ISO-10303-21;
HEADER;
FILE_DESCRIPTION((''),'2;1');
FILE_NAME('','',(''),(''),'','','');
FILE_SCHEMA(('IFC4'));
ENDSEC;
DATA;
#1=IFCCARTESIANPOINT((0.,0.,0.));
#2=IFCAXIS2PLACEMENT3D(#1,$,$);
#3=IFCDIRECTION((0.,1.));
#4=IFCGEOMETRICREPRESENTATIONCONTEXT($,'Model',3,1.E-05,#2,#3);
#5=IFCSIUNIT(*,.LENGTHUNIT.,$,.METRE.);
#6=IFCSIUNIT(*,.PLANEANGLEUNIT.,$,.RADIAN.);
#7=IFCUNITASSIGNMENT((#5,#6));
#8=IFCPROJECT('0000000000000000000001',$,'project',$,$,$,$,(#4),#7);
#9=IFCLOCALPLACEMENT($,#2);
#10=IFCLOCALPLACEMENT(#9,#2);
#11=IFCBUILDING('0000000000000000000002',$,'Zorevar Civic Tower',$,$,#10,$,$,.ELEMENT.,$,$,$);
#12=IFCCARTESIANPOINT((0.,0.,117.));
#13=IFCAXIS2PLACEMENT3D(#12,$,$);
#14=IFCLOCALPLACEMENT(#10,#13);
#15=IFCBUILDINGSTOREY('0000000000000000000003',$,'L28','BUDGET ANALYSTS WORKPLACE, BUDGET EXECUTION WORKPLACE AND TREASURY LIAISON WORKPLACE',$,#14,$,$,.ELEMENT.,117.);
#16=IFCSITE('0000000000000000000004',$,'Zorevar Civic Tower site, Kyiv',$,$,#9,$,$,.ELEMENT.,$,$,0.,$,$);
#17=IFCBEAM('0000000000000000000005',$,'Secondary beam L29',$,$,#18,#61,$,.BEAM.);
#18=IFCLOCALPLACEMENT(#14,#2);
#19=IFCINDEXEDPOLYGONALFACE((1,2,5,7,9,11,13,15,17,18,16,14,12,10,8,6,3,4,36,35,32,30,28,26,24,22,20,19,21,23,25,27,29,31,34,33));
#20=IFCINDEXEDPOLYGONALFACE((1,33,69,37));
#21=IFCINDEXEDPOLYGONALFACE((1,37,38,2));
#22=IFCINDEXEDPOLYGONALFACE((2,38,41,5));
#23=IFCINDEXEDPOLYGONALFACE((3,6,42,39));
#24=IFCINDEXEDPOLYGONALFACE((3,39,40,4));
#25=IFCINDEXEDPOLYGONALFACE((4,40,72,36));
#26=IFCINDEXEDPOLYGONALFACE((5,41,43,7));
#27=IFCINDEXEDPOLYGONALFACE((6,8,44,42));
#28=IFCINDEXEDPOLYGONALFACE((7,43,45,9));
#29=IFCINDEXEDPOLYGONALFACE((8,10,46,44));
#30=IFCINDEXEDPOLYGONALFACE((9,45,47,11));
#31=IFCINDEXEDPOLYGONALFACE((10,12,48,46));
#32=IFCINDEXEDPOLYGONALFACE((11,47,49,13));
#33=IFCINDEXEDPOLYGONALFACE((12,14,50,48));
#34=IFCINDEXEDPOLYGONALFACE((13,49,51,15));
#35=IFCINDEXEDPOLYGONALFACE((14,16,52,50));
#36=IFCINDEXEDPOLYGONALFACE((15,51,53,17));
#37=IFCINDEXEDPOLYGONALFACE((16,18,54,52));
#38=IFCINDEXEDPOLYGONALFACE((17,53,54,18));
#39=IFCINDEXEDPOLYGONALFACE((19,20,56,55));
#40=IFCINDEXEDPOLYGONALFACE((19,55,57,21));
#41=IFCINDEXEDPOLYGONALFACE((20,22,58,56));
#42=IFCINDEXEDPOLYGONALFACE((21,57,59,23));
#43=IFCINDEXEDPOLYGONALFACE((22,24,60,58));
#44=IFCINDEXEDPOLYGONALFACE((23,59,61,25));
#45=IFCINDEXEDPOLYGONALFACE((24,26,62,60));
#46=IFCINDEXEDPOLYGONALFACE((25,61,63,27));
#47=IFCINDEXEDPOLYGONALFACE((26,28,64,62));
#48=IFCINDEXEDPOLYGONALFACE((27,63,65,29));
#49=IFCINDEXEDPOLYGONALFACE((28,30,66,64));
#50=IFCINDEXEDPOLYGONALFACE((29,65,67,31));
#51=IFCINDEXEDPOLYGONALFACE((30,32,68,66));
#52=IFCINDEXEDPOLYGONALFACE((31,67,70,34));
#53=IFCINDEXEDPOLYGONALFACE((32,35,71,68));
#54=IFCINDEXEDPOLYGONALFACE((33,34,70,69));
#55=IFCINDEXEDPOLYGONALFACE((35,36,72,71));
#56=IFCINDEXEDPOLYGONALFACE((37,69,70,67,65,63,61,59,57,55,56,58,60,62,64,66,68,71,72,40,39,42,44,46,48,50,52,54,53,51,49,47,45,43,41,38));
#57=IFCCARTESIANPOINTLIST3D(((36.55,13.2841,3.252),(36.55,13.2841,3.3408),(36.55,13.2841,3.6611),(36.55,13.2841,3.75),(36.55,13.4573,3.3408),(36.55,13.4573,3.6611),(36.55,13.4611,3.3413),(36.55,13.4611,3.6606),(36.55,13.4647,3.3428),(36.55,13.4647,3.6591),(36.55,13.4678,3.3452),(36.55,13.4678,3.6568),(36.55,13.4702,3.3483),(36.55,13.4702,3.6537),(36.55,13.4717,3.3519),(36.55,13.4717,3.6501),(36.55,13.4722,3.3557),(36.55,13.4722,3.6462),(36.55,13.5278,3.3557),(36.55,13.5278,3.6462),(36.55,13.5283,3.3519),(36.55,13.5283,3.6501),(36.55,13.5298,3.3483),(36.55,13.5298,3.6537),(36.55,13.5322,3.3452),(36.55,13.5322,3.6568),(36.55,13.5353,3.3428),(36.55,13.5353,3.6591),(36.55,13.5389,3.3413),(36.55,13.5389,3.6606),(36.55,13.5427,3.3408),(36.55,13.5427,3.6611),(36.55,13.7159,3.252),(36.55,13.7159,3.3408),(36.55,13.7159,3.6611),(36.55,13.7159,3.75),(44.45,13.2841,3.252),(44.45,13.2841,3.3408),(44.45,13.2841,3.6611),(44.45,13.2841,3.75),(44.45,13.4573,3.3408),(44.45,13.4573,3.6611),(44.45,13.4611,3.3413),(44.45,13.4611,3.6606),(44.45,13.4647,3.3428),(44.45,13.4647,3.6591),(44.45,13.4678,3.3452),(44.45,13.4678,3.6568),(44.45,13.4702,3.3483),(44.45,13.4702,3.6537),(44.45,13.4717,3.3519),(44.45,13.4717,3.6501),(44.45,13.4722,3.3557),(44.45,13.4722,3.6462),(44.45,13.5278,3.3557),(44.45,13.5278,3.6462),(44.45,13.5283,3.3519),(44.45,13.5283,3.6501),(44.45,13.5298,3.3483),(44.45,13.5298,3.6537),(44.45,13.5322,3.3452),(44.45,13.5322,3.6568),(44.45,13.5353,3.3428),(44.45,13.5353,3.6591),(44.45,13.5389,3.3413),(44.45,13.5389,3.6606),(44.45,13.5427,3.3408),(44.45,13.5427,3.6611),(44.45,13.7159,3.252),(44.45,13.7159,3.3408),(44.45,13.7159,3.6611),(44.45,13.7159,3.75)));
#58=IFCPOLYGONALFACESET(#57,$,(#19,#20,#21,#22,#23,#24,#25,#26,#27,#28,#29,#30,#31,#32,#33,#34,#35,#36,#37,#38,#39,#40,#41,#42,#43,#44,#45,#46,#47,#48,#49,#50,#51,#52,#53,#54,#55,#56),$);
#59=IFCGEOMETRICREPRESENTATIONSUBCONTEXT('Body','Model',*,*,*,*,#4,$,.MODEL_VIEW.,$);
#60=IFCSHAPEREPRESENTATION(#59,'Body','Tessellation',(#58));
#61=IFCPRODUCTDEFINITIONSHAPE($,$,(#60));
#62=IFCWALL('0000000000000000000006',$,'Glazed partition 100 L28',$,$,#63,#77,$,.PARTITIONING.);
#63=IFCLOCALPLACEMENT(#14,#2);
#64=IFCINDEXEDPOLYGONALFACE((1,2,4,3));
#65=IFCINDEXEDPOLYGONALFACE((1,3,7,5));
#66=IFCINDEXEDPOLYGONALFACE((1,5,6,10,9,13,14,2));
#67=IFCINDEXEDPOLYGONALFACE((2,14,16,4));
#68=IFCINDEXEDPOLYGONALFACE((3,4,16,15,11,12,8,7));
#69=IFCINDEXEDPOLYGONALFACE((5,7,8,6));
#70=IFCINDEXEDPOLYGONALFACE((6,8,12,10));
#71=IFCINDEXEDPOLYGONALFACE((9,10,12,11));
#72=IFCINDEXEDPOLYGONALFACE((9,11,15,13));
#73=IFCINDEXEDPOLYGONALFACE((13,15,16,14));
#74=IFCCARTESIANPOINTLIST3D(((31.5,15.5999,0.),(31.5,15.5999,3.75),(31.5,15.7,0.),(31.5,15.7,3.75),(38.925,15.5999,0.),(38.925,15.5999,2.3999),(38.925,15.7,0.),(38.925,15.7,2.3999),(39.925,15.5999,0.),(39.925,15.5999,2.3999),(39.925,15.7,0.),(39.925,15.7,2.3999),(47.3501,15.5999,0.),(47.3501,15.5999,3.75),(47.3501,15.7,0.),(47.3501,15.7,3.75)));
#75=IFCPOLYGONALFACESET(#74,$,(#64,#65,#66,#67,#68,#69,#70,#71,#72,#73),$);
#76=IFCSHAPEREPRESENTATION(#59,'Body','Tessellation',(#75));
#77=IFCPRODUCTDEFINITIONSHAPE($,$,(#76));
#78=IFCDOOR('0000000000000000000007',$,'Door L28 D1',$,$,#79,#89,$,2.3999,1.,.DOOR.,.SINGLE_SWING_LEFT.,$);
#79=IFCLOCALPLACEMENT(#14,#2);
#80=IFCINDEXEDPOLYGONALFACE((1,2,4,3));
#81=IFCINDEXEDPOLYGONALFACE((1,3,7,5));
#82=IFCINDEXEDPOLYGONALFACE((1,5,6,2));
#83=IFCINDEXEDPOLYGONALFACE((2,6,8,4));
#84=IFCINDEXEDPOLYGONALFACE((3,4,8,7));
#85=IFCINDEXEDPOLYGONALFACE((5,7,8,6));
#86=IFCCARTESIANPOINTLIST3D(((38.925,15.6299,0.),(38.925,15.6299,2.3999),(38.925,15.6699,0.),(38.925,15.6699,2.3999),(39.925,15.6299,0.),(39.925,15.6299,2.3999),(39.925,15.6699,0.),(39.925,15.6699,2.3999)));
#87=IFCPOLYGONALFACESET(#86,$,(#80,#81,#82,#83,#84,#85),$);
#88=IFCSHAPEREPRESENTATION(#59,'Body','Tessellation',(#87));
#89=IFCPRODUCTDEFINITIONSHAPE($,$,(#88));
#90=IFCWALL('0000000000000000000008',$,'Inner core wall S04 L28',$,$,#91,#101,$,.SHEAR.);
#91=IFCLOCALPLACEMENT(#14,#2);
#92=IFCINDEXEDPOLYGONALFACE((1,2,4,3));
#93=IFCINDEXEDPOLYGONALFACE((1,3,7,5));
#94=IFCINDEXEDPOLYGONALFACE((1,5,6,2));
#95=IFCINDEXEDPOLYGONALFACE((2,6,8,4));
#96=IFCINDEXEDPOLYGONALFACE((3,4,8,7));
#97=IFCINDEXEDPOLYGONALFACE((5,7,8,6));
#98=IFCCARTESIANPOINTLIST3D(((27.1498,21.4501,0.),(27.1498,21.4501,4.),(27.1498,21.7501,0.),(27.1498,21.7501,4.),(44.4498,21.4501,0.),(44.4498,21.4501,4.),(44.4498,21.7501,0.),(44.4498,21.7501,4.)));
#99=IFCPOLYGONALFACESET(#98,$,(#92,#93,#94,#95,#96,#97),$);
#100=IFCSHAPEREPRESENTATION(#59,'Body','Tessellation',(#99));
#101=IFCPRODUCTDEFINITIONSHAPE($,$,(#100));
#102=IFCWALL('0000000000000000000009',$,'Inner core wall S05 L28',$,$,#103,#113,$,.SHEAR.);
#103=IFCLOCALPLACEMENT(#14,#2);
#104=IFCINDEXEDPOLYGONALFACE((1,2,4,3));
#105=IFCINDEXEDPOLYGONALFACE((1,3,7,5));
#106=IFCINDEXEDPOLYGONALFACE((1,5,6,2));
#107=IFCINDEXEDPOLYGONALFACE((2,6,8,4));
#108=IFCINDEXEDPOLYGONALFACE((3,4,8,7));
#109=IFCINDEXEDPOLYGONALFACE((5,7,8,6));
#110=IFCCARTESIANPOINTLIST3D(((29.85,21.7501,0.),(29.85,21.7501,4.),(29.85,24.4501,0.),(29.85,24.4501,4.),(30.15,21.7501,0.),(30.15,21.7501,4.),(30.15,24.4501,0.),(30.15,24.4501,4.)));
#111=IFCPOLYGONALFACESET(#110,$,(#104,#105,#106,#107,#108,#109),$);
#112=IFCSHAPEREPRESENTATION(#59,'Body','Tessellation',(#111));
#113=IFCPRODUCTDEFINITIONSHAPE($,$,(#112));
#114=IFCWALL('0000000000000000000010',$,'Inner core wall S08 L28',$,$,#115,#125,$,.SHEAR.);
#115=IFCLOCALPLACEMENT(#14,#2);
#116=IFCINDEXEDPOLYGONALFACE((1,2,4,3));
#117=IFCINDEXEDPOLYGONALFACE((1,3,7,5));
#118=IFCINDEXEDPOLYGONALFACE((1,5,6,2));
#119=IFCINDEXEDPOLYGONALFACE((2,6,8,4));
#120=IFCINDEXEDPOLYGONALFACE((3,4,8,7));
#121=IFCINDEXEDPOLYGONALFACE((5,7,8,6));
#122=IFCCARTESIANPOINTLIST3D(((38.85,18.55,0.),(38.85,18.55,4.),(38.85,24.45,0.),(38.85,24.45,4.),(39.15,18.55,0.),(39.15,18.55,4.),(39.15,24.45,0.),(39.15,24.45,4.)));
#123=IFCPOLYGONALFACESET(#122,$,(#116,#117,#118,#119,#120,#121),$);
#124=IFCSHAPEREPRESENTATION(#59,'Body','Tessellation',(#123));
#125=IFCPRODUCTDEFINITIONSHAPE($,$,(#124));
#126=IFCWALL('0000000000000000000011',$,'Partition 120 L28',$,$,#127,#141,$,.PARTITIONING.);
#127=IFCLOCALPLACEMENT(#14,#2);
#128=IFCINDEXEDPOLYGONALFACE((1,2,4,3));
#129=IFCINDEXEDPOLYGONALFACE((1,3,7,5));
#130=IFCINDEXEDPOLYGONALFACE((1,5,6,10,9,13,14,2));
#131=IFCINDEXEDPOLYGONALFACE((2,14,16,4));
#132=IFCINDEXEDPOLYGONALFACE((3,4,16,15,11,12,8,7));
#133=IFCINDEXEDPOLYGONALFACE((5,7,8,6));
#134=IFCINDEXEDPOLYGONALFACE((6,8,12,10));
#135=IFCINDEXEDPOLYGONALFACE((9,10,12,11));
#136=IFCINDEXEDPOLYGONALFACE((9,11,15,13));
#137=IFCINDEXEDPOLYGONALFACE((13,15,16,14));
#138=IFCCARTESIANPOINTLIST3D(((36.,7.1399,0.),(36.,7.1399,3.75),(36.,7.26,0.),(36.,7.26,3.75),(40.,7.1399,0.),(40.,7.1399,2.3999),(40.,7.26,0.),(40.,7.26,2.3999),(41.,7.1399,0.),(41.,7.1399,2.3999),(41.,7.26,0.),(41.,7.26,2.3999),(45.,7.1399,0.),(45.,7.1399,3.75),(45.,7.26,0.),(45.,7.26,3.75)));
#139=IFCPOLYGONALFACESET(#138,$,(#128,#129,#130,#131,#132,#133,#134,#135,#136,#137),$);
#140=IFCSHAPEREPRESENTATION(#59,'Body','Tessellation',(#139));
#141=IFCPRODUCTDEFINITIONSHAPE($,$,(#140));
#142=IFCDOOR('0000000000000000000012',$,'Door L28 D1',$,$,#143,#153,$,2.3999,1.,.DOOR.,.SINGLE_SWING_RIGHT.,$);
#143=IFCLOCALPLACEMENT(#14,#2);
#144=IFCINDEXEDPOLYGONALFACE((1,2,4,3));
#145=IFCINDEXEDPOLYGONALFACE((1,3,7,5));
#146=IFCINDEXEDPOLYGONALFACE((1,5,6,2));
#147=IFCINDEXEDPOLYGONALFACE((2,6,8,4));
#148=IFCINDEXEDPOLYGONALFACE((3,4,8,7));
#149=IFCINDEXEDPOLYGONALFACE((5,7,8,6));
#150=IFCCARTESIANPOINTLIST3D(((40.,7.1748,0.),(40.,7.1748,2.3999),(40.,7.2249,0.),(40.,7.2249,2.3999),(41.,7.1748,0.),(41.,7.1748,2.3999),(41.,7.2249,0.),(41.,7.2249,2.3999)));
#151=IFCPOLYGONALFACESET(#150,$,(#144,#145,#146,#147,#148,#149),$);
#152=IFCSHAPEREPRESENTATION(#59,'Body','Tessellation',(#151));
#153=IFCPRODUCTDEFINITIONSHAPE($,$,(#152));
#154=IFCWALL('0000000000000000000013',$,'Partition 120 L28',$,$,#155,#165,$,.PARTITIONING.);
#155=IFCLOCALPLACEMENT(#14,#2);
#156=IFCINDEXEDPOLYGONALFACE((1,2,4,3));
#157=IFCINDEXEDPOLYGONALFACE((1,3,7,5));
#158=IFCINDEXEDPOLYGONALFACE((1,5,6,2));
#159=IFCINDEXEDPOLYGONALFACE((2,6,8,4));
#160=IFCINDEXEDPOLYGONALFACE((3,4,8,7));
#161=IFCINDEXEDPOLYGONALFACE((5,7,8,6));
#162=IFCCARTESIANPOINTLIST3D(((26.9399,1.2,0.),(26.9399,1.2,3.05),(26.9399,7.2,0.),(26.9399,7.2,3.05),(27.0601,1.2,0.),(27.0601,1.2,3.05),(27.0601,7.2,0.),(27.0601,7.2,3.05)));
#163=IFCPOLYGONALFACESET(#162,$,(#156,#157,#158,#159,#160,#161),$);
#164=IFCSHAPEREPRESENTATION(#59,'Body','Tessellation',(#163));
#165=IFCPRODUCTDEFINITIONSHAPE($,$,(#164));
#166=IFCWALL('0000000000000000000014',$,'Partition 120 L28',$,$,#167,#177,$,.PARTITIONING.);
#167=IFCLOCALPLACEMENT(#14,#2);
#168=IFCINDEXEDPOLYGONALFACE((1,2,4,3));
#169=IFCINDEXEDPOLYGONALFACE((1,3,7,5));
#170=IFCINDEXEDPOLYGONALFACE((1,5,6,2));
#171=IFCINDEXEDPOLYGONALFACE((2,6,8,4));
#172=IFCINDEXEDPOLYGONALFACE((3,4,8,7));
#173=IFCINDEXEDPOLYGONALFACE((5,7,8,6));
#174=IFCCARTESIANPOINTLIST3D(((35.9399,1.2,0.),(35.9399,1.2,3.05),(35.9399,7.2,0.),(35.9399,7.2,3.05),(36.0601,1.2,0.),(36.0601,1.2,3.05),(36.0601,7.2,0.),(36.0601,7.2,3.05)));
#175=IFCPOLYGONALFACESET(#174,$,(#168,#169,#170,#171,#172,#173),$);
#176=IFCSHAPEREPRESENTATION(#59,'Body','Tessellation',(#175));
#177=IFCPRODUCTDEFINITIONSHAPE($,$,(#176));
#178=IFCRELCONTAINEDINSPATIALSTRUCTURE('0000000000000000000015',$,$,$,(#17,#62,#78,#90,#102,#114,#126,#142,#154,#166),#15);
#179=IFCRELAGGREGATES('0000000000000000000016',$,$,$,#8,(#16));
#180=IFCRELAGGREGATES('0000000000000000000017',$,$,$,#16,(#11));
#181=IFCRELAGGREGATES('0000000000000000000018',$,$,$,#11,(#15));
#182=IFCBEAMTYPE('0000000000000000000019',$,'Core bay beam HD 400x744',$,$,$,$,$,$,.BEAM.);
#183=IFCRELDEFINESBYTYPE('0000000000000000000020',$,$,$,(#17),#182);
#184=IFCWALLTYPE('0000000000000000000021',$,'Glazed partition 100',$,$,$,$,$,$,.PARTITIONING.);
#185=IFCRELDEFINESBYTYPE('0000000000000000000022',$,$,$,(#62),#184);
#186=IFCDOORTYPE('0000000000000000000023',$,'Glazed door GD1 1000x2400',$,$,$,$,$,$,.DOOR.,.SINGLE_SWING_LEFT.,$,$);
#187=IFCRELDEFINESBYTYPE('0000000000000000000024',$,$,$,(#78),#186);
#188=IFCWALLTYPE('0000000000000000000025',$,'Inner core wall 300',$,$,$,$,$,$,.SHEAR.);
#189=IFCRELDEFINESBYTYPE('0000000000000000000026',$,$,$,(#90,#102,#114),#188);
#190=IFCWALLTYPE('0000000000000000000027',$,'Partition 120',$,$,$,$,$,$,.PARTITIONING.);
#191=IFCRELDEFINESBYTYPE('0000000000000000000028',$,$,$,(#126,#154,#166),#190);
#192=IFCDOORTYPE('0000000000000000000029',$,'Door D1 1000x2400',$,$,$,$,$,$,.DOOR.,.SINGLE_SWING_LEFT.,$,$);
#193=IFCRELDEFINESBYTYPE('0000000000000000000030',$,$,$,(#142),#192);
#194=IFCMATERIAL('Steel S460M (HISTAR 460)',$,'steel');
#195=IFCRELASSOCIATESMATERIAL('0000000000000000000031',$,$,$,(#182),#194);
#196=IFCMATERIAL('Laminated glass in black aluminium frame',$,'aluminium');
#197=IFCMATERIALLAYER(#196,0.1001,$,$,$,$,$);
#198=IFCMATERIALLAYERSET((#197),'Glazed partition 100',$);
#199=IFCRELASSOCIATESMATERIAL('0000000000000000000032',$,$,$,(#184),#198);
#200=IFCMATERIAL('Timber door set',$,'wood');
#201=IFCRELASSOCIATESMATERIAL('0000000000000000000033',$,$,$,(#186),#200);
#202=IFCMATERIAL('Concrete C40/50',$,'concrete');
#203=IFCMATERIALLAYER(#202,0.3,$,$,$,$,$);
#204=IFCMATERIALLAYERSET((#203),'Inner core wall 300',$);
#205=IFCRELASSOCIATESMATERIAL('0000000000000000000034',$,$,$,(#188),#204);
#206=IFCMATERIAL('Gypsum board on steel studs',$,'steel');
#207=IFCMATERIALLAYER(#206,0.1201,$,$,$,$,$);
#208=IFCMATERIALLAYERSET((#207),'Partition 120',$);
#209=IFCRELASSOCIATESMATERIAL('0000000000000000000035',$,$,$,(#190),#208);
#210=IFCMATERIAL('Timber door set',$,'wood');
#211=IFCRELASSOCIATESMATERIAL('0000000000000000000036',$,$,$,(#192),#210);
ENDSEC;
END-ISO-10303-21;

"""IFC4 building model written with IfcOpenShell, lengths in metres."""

from ifc_helpers import new_model, si_unit, direction, frame, frame_2d, origin, origin_2d, place, context, subcontext, project, spatial, rectangle, i_section, extrude, material, layer, layer_set, material_profile, profile_set, type_object, element, fill, save


model = new_model("IFC4")

# Units and contexts
model_context = context("Model", 3, precision=1e-05, world=origin(), true_north=direction((0.0, 1.0)))
body_context = subcontext(model_context, "Body", "Model", "MODEL_VIEW")
ifc_project = project(units=[si_unit("LENGTHUNIT", "METRE"), si_unit("PLANEANGLEUNIT", "RADIAN")], contexts=[model_context])

# Site, building, storey
site_placement = place(None, origin())
site = spatial("IfcSite", under=ifc_project, at=site_placement, Name="Zorevar Civic Tower site, Kyiv", CompositionType="ELEMENT", RefElevation=0.0)
building_placement = place(site_placement, origin())
building = spatial("IfcBuilding", under=site, at=building_placement, Name="Zorevar Civic Tower", CompositionType="ELEMENT")
storey_placement = place(building_placement, frame((0.0, 0.0, 117.0)))
storey = spatial("IfcBuildingStorey", under=building, at=storey_placement, Name="L28", Description="BUDGET ANALYSTS WORKPLACE, BUDGET EXECUTION WORKPLACE AND TREASURY LIAISON WORKPLACE", CompositionType="ELEMENT", Elevation=117.0)

# Beam
ifc_material_1 = material(Name="Steel S460M (HISTAR 460)", Category="steel")
ifc_material_profile_1 = material_profile(ifc_material_1, i_section(OverallWidth=0.4319, OverallDepth=0.498, WebThickness=0.0557, FlangeThickness=0.0889, FilletRadius=0.0149, at=origin_2d()), Name="HD 400x744")
ifc_profile_set_1 = profile_set([ifc_material_profile_1], Name="Steel S460M (HISTAR 460)")
beam_type_1 = type_object("IfcBeamType", Name="Core bay beam HD 400x744", PredefinedType="BEAM", material=ifc_profile_set_1)
for number, where, z_axis, x_axis, name in (
    (1, (36.55, 13.5, 3.501), (1.0, 0.0, 0.0), (0.0, 1.0, 0.0), "Secondary beam L29"),
):
    element("IfcBeam", number, at=place(storey_placement, frame(where, z_axis=z_axis, x_axis=x_axis)), inside=storey, type_object=beam_type_1, Name=name, PredefinedType="BEAM", context=body_context, shape_type="SweptSolid", body=[
        extrude(i_section(OverallWidth=0.4319, OverallDepth=0.498, WebThickness=0.0557, FlangeThickness=0.0889, FilletRadius=0.0149, at=origin_2d()), origin(), (0.0, 0.0, 1.0), 7.8999),
    ])

# Wall, opening, door
ifc_material_2 = material(Name="Laminated glass in black aluminium frame", Category="aluminium")
ifc_layer_1 = layer(ifc_material_2, 0.1001)
ifc_layer_set_1 = layer_set([ifc_layer_1], Name="Glazed partition 100")
wall_type_1 = type_object("IfcWallType", Name="Glazed partition 100", PredefinedType="PARTITIONING", material=ifc_layer_set_1)
wall_1_placement = place(storey_placement, frame((31.5, 15.6499, 0.0), z_axis=(0.0, 0.0, 1.0), x_axis=(1.0, 0.0, 0.0)))
wall_1 = element("IfcWall", 2, at=wall_1_placement, inside=storey, type_object=wall_type_1, Name="Glazed partition 100 L28", PredefinedType="PARTITIONING", context=body_context, shape_type="SweptSolid", body=[
    extrude(rectangle(XDim=15.8501, YDim=0.1001, at=frame_2d((7.925, 0.0))), origin(), (0.0, 0.0, 1.0), 3.75),
])
opening_1_placement = place(wall_1_placement, frame((7.425, 0.0, 0.0)))
opening_1 = element("IfcOpeningElement", 3, at=opening_1_placement, cuts=wall_1, PredefinedType="OPENING", context=body_context, shape_type="SweptSolid", body=[
    extrude(rectangle(XDim=1.0, YDim=2.3999, at=frame_2d((0.5, 1.2))), frame((0.0, 0.0601, 0.0), z_axis=(0.0, -1.0, 0.0), x_axis=(1.0, 0.0, 0.0)), (0.0, 0.0, 1.0), 0.1201),
])
ifc_material_3 = material(Name="Timber door set", Category="wood")
door_type_1 = type_object("IfcDoorType", Name="Glazed door GD1 1000x2400", OperationType="SINGLE_SWING_LEFT", PredefinedType="DOOR", material=ifc_material_3)
door_1_placement = place(opening_1_placement, origin())
door_1 = element("IfcDoor", 4, at=door_1_placement, inside=storey, type_object=door_type_1, Name="Door L28 D1", OperationType="SINGLE_SWING_LEFT", OverallHeight=2.3999, OverallWidth=1.0, PredefinedType="DOOR", context=body_context, shape_type="SweptSolid", body=[
    extrude(rectangle(XDim=1.0, YDim=2.3999, at=frame_2d((0.5, 1.2))), frame((0.0, 0.02, 0.0), z_axis=(0.0, -1.0, 0.0), x_axis=(1.0, 0.0, 0.0)), (0.0, 0.0, 1.0), 0.04),
])
fill(opening_1, door_1)

# Walls
ifc_material_4 = material(Name="Concrete C40/50", Category="concrete")
ifc_layer_2 = layer(ifc_material_4, 0.3)
ifc_layer_set_2 = layer_set([ifc_layer_2], Name="Inner core wall 300")
wall_type_2 = type_object("IfcWallType", Name="Inner core wall 300", PredefinedType="SHEAR", material=ifc_layer_set_2)
wall_2_placement = place(storey_placement, frame((27.1499, 21.6001, 0.0), z_axis=(0.0, 0.0, 1.0), x_axis=(1.0, 0.0, 0.0)))
element("IfcWall", 5, at=wall_2_placement, inside=storey, type_object=wall_type_2, Name="Inner core wall S04 L28", PredefinedType="SHEAR", context=body_context, shape_type="SweptSolid", body=[
    extrude(rectangle(XDim=17.3, YDim=0.3, at=frame_2d((8.6499, 0.0))), origin(), (0.0, 0.0, 1.0), 4.0),
])
wall_3_placement = place(storey_placement, frame((30.0, 21.75, 0.0), z_axis=(0.0, 0.0, 1.0), x_axis=(0.0, 1.0, 0.0)))
element("IfcWall", 6, at=wall_3_placement, inside=storey, type_object=wall_type_2, Name="Inner core wall S05 L28", PredefinedType="SHEAR", context=body_context, shape_type="SweptSolid", body=[
    extrude(rectangle(XDim=2.7, YDim=0.3, at=frame_2d((1.3501, 0.0))), origin(), (0.0, 0.0, 1.0), 4.0),
])
wall_4_placement = place(storey_placement, frame((39.0, 18.55, 0.0), z_axis=(0.0, 0.0, 1.0), x_axis=(0.0, 1.0, 0.0)))
element("IfcWall", 7, at=wall_4_placement, inside=storey, type_object=wall_type_2, Name="Inner core wall S08 L28", PredefinedType="SHEAR", context=body_context, shape_type="SweptSolid", body=[
    extrude(rectangle(XDim=5.8999, YDim=0.3, at=frame_2d((2.95, 0.0))), origin(), (0.0, 0.0, 1.0), 4.0),
])

# Wall, opening, door
ifc_material_5 = material(Name="Gypsum board on steel studs", Category="steel")
ifc_layer_3 = layer(ifc_material_5, 0.1201)
ifc_layer_set_3 = layer_set([ifc_layer_3], Name="Partition 120")
wall_type_3 = type_object("IfcWallType", Name="Partition 120", PredefinedType="PARTITIONING", material=ifc_layer_set_3)
wall_5_placement = place(storey_placement, frame((36.0, 7.2, 0.0), z_axis=(0.0, 0.0, 1.0), x_axis=(1.0, 0.0, 0.0)))
wall_5 = element("IfcWall", 8, at=wall_5_placement, inside=storey, type_object=wall_type_3, Name="Partition 120 L28", PredefinedType="PARTITIONING", context=body_context, shape_type="SweptSolid", body=[
    extrude(rectangle(XDim=9.0, YDim=0.1201, at=frame_2d((4.5, 0.0))), origin(), (0.0, 0.0, 1.0), 3.75),
])
opening_2_placement = place(wall_5_placement, frame((4.0, 0.0, 0.0)))
opening_2 = element("IfcOpeningElement", 9, at=opening_2_placement, cuts=wall_5, PredefinedType="OPENING", context=body_context, shape_type="SweptSolid", body=[
    extrude(rectangle(XDim=1.0, YDim=2.3999, at=frame_2d((0.5, 1.2))), frame((0.0, 0.0701, 0.0), z_axis=(0.0, -1.0, 0.0), x_axis=(1.0, 0.0, 0.0)), (0.0, 0.0, 1.0), 0.1401),
])
ifc_material_6 = material(Name="Timber door set", Category="wood")
door_type_2 = type_object("IfcDoorType", Name="Door D1 1000x2400", OperationType="SINGLE_SWING_LEFT", PredefinedType="DOOR", material=ifc_material_6)
door_2_placement = place(opening_2_placement, origin())
door_2 = element("IfcDoor", 10, at=door_2_placement, inside=storey, type_object=door_type_2, Name="Door L28 D1", OperationType="SINGLE_SWING_RIGHT", OverallHeight=2.3999, OverallWidth=1.0, PredefinedType="DOOR", context=body_context, shape_type="SweptSolid", body=[
    extrude(rectangle(XDim=1.0, YDim=2.3999, at=frame_2d((0.5, 1.2))), frame((0.0, 0.0249, 0.0), z_axis=(0.0, -1.0, 0.0), x_axis=(1.0, 0.0, 0.0)), (0.0, 0.0, 1.0), 0.05),
])
fill(opening_2, door_2)

# Walls
for number, where, z_axis, x_axis, name in (
    (11, (27.0, 1.2, 0.0), (0.0, 0.0, 1.0), (0.0, 1.0, 0.0), "Partition 120 L28"),
    (12, (36.0, 1.2, 0.0), (0.0, 0.0, 1.0), (0.0, 1.0, 0.0), "Partition 120 L28"),
):
    element("IfcWall", number, at=place(storey_placement, frame(where, z_axis=z_axis, x_axis=x_axis)), inside=storey, type_object=wall_type_3, Name=name, PredefinedType="PARTITIONING", context=body_context, shape_type="SweptSolid", body=[
        extrude(rectangle(XDim=6.0, YDim=0.1201, at=frame_2d((3.0, 0.0))), origin(), (0.0, 0.0, 1.0), 3.05),
    ])

save(model, "model.ifc")
